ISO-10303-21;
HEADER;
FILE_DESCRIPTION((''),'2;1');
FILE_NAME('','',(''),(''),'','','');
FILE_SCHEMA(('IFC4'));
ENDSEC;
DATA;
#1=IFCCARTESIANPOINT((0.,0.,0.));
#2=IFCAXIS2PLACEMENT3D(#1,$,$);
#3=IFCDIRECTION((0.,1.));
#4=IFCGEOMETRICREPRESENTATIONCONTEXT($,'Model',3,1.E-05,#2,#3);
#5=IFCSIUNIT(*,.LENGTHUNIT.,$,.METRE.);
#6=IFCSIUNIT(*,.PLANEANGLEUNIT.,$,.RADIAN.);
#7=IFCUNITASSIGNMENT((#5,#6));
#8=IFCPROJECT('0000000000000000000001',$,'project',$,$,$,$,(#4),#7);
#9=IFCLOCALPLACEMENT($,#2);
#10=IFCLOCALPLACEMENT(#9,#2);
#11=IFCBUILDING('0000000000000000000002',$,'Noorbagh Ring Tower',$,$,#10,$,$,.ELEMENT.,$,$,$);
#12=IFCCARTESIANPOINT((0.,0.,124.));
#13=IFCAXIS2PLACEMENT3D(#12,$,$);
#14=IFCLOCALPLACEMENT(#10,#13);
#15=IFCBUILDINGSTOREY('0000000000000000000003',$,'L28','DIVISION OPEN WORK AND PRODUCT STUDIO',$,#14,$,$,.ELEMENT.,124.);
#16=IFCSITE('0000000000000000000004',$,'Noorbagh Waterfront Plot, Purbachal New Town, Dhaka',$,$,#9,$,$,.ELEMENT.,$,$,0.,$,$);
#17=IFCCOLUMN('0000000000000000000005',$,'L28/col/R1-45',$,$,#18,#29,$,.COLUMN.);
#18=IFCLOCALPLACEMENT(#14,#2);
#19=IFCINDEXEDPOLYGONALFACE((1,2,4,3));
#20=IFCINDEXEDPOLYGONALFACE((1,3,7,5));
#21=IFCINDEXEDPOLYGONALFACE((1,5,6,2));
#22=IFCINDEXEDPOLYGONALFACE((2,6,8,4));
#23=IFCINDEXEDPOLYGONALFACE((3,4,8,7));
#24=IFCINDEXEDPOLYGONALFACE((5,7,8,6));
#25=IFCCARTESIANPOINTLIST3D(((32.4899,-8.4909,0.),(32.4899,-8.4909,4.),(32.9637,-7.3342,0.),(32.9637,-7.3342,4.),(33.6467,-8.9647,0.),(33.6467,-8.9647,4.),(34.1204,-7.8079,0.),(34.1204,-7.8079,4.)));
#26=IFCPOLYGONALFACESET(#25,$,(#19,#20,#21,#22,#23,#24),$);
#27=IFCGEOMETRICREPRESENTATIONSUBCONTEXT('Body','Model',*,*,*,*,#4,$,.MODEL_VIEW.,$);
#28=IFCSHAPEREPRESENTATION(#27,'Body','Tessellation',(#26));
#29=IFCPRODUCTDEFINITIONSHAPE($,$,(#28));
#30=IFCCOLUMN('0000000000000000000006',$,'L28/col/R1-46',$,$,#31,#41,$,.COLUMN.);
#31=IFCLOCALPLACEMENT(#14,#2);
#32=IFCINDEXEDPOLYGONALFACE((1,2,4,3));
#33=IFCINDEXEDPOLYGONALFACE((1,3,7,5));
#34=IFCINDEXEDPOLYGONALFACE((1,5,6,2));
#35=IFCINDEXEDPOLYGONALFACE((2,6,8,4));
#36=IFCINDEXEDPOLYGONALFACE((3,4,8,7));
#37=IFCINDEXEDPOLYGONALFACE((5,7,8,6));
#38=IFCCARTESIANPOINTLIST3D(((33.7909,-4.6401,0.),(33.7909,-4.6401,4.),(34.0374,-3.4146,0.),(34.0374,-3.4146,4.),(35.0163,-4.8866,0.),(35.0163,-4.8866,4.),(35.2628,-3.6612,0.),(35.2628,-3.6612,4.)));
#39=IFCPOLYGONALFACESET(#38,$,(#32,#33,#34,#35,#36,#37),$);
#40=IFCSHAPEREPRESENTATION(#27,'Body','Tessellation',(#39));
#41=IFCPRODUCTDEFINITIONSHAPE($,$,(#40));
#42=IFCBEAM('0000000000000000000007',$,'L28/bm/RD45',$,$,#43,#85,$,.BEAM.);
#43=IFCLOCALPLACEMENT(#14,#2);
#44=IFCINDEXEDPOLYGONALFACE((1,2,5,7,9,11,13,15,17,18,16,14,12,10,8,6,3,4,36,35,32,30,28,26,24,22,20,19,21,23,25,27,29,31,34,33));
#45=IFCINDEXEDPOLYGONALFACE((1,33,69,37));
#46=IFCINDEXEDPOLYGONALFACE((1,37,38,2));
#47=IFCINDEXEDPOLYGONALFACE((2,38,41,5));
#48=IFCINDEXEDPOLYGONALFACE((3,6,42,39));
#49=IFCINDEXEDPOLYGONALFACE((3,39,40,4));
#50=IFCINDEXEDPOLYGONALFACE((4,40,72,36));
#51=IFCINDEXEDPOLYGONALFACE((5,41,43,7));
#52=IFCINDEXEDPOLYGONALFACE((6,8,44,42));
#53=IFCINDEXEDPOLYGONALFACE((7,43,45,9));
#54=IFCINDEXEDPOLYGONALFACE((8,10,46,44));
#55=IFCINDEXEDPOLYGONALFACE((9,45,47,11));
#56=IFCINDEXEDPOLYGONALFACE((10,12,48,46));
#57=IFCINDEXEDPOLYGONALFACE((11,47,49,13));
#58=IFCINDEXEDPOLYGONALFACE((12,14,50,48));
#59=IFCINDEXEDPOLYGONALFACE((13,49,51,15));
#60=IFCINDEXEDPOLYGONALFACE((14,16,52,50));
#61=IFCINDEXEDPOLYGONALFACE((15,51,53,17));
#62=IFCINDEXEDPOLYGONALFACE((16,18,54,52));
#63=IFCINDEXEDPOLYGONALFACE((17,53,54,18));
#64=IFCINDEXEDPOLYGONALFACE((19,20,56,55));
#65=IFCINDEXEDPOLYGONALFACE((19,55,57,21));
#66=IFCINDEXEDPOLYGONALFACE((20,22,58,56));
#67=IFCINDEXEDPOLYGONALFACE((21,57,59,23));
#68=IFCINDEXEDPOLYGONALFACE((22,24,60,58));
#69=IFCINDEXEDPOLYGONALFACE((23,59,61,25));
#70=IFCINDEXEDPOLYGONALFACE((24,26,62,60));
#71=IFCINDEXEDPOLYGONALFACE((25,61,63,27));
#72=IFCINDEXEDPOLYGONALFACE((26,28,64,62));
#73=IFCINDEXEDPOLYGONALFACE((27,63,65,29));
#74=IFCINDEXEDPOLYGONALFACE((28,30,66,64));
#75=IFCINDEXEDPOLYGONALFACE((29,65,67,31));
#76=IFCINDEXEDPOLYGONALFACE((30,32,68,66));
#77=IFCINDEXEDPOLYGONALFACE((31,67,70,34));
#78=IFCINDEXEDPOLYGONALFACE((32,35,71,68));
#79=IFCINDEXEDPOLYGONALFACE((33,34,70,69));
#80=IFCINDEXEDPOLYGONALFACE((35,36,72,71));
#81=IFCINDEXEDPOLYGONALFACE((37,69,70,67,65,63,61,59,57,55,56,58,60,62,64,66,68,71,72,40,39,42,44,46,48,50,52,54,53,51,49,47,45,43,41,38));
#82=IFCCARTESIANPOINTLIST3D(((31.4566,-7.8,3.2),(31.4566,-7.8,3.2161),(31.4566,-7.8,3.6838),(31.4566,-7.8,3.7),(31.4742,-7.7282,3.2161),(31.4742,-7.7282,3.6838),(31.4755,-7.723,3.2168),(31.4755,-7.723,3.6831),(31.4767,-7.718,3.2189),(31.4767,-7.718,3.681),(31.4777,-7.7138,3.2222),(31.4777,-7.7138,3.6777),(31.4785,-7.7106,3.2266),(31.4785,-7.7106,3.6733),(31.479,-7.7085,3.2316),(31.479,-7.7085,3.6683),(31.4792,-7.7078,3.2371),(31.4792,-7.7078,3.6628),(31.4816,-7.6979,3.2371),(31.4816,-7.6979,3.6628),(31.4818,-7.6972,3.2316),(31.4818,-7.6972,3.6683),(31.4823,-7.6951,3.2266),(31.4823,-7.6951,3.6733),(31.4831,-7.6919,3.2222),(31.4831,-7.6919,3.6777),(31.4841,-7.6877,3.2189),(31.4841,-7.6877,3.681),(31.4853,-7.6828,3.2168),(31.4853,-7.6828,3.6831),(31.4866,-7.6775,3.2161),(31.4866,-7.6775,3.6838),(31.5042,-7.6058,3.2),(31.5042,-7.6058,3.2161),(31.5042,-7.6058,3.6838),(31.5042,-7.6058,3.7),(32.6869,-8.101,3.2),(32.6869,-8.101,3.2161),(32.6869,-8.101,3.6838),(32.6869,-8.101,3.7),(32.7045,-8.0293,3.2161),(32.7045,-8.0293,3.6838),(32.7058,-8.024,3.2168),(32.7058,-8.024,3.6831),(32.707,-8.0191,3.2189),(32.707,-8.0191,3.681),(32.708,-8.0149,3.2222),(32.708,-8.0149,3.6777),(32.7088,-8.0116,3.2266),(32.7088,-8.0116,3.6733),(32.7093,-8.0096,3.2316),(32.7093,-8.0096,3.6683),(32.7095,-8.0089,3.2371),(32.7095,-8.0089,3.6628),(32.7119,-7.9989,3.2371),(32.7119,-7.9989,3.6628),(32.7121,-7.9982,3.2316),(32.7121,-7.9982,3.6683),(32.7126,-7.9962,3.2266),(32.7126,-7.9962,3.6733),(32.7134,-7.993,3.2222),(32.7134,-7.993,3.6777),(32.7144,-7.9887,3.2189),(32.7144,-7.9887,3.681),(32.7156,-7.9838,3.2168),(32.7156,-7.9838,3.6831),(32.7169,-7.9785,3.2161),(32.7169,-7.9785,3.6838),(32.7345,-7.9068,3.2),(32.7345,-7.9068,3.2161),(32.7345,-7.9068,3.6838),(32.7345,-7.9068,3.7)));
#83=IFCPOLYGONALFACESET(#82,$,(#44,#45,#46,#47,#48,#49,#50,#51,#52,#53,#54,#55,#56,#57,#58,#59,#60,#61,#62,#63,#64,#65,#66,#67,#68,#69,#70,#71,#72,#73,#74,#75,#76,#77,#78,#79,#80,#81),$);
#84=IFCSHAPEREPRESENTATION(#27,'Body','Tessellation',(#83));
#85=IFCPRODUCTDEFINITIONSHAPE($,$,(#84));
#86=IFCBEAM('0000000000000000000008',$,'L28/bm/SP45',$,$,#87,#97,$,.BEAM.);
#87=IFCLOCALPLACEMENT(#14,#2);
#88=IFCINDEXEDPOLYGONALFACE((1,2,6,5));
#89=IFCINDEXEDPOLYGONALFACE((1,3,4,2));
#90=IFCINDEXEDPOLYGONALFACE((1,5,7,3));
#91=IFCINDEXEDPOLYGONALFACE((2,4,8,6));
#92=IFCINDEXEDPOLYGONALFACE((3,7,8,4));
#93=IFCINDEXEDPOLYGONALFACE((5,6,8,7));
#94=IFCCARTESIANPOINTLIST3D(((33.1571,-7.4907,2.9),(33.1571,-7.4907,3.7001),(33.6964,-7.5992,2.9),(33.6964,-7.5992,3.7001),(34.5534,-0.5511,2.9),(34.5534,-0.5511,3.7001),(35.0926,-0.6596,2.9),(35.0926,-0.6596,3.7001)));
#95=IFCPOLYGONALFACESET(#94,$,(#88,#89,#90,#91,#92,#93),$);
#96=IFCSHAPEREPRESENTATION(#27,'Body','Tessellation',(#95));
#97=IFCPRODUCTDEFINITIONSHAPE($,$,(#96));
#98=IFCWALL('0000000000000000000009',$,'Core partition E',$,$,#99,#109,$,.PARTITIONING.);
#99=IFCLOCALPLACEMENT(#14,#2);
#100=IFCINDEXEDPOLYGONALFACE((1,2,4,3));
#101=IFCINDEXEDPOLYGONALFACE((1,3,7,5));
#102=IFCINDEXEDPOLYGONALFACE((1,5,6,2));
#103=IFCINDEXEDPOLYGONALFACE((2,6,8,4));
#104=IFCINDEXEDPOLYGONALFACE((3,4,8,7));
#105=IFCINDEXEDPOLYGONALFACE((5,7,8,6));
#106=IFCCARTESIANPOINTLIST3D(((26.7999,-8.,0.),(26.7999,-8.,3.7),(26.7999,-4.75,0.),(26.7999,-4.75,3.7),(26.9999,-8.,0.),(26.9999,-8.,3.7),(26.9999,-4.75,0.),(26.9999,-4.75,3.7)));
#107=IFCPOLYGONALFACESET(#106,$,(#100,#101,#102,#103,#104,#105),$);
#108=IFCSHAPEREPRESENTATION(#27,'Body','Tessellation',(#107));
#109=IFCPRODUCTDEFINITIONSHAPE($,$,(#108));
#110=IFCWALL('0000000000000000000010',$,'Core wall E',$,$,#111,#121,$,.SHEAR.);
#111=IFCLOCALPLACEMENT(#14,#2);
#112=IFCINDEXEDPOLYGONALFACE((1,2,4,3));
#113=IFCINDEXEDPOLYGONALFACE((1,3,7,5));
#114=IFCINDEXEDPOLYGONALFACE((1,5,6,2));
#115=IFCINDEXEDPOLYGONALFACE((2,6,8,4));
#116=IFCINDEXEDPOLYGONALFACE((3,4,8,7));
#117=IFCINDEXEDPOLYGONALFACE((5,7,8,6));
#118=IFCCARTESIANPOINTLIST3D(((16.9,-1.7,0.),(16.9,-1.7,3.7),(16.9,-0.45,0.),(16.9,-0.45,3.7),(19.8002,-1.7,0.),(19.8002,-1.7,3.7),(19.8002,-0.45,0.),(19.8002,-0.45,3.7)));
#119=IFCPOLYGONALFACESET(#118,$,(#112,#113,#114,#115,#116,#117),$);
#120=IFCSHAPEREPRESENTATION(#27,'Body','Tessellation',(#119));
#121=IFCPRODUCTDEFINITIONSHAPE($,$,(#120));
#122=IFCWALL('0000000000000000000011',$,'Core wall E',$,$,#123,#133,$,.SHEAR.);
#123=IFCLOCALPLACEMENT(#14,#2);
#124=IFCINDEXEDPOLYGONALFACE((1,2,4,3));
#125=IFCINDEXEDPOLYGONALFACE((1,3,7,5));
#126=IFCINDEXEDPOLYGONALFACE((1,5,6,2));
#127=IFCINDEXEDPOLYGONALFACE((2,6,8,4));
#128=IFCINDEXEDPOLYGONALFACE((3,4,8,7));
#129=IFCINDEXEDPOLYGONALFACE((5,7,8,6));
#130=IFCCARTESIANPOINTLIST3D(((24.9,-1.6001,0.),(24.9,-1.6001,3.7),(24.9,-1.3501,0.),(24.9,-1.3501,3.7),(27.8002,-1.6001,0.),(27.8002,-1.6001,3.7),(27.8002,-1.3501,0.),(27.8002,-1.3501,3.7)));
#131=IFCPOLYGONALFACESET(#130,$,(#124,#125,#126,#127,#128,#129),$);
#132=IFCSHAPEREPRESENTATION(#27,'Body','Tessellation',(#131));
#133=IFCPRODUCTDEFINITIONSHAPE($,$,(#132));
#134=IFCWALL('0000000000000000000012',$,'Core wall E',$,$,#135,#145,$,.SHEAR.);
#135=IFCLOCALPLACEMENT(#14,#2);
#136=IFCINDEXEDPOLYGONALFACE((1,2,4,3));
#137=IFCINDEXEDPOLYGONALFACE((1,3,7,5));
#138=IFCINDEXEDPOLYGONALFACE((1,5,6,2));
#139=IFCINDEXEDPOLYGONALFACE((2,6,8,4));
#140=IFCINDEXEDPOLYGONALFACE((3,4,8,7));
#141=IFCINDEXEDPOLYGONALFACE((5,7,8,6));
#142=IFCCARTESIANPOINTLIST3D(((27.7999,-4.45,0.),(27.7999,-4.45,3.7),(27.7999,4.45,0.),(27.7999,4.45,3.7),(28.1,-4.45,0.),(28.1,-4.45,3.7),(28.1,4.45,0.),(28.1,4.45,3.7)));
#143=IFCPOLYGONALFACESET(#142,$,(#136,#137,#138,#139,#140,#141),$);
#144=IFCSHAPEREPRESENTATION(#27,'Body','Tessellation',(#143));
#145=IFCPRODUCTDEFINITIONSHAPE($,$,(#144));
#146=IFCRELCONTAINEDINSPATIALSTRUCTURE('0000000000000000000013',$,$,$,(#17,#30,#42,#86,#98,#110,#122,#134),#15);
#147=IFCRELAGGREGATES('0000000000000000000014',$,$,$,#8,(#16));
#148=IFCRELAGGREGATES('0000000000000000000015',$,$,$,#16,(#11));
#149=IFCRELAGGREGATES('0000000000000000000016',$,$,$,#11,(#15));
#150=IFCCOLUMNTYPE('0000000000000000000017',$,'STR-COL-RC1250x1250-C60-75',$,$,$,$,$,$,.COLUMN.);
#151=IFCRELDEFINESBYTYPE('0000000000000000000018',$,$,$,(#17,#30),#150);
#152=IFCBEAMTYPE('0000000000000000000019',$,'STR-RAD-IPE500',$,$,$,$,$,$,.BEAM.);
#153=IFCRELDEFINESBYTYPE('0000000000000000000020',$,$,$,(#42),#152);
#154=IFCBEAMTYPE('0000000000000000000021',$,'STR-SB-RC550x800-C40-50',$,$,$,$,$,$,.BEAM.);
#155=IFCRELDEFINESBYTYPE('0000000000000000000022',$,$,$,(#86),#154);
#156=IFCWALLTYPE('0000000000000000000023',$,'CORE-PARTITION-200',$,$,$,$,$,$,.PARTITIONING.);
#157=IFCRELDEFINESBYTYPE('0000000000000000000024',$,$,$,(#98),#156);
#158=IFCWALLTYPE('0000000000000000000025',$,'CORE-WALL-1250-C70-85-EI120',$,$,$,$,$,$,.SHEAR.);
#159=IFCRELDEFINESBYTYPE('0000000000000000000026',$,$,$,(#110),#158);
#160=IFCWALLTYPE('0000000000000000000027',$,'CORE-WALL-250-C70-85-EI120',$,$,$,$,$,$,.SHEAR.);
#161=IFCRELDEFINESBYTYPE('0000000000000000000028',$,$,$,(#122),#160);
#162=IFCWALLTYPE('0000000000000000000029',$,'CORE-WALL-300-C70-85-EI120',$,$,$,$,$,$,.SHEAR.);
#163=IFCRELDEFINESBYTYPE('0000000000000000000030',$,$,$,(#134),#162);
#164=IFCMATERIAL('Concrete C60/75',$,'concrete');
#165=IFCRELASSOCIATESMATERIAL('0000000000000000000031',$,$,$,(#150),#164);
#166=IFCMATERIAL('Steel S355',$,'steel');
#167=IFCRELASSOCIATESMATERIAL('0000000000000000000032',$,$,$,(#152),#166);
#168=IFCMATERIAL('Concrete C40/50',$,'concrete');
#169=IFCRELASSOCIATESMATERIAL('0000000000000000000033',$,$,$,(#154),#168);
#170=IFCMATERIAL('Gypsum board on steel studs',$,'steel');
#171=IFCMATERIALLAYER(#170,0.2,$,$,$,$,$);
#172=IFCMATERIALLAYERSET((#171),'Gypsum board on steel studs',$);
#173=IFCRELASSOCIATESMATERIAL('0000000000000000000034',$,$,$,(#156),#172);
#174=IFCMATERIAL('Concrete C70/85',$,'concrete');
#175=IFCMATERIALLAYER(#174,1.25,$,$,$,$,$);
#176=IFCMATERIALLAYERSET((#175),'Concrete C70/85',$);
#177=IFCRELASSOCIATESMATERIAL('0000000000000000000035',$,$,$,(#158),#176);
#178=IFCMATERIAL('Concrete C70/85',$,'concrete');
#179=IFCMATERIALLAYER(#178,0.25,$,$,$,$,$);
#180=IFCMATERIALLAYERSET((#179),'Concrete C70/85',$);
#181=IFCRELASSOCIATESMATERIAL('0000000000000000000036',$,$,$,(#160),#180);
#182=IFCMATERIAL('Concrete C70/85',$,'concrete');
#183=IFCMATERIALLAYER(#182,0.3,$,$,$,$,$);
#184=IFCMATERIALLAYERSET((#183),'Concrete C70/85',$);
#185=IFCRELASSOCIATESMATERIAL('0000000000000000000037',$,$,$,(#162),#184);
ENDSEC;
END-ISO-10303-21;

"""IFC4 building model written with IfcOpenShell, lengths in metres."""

from ifc_helpers import new_model, si_unit, direction, frame, frame_2d, origin, origin_2d, place, context, subcontext, project, spatial, rectangle, i_section, extrude, material, layer, layer_set, material_profile, profile_set, type_object, element, save


model = new_model("IFC4")

# Units and contexts
model_context = context("Model", 3, precision=1e-05, world=origin(), true_north=direction((0.0, 1.0)))
body_context = subcontext(model_context, "Body", "Model", "MODEL_VIEW")
ifc_project = project(units=[si_unit("LENGTHUNIT", "METRE"), si_unit("PLANEANGLEUNIT", "RADIAN")], contexts=[model_context])

# Site, building, storey
site_placement = place(None, origin())
site = spatial("IfcSite", under=ifc_project, at=site_placement, Name="Noorbagh Waterfront Plot, Purbachal New Town, Dhaka", CompositionType="ELEMENT", RefElevation=0.0)
building_placement = place(site_placement, origin())
building = spatial("IfcBuilding", under=site, at=building_placement, Name="Noorbagh Ring Tower", CompositionType="ELEMENT")
storey_placement = place(building_placement, frame((0.0, 0.0, 124.0)))
storey = spatial("IfcBuildingStorey", under=building, at=storey_placement, Name="L28", Description="DIVISION OPEN WORK AND PRODUCT STUDIO", CompositionType="ELEMENT", Elevation=124.0)

# Columns
ifc_material_1 = material(Name="Concrete C60/75", Category="concrete")
ifc_material_profile_1 = material_profile(ifc_material_1, rectangle(XDim=1.25, YDim=1.25, at=origin_2d()), Name="RC1250x1250")
ifc_profile_set_1 = profile_set([ifc_material_profile_1], Name="Concrete C60/75")
column_type = type_object("IfcColumnType", Name="STR-COL-RC1250x1250-C60-75", PredefinedType="COLUMN", material=ifc_profile_set_1)
for number, where, z_axis, x_axis, name in (
    (1, (33.3052, -8.1494, 0.0), (0.0, 0.0, 1.0), (0.378989, 0.925401, 0.0), "L28/col/R1-45"),
    (2, (34.5269, -4.1506, 0.0), (0.0, 0.0, 1.0), (0.19723, 0.980357, 0.0), "L28/col/R1-46"),
):
    element("IfcColumn", number, at=place(storey_placement, frame(where, z_axis=z_axis, x_axis=x_axis)), inside=storey, type_object=column_type, Name=name, PredefinedType="COLUMN", context=body_context, shape_type="SweptSolid", body=[
        extrude(rectangle(XDim=1.25, YDim=1.25, at=origin_2d()), origin(), (0.0, 0.0, 1.0), 4.0),
    ])

# Beams
ifc_material_2 = material(Name="Steel S355", Category="steel")
ifc_material_profile_2 = material_profile(ifc_material_2, i_section(OverallWidth=0.2, OverallDepth=0.5, WebThickness=0.0103, FlangeThickness=0.0161, FilletRadius=0.021, at=origin_2d()), Name="IPE500")
ifc_profile_set_2 = profile_set([ifc_material_profile_2], Name="Steel S355")
beam_type_1 = type_object("IfcBeamType", Name="STR-RAD-IPE500", PredefinedType="BEAM", material=ifc_profile_set_2)
beam_1_placement = place(storey_placement, frame((32.7107, -8.0039, 3.45), z_axis=(-0.971344, 0.237679, 0.0), x_axis=(-0.237679, -0.971344, 0.0)))
element("IfcBeam", 3, at=beam_1_placement, inside=storey, type_object=beam_type_1, Name="L28/bm/RD45", PredefinedType="BEAM", context=body_context, shape_type="SweptSolid", body=[
    extrude(i_section(OverallWidth=0.2, OverallDepth=0.5, WebThickness=0.0103, FlangeThickness=0.0161, FilletRadius=0.021, at=origin_2d()), origin(), (0.0, 0.0, 1.0), 1.2666),
])
ifc_material_3 = material(Name="Concrete C40/50", Category="concrete")
ifc_material_profile_3 = material_profile(ifc_material_3, rectangle(XDim=0.55, YDim=0.8, at=origin_2d()), Name="RC550x800")
ifc_profile_set_3 = profile_set([ifc_material_profile_3], Name="Concrete C40/50")
beam_type_2 = type_object("IfcBeamType", Name="STR-SB-RC550x800-C40-50", PredefinedType="BEAM", material=ifc_profile_set_3)
beam_2_placement = place(storey_placement, frame((33.4268, -7.5449, 3.3), z_axis=(0.19725, 0.980353, 0.0), x_axis=(-0.980353, 0.19725, 0.0)))
element("IfcBeam", 4, at=beam_2_placement, inside=storey, type_object=beam_type_2, Name="L28/bm/SP45", PredefinedType="BEAM", context=body_context, shape_type="SweptSolid", body=[
    extrude(rectangle(XDim=0.55, YDim=0.8, at=origin_2d()), origin(), (0.0, 0.0, 1.0), 7.0786),
])

# Walls
ifc_material_4 = material(Name="Gypsum board on steel studs", Category="steel")
ifc_layer_1 = layer(ifc_material_4, 0.2)
ifc_layer_set_1 = layer_set([ifc_layer_1], Name="Gypsum board on steel studs")
wall_type_1 = type_object("IfcWallType", Name="CORE-PARTITION-200", PredefinedType="PARTITIONING", material=ifc_layer_set_1)
wall_1_placement = place(storey_placement, frame((26.8999, -8.0, 0.0), z_axis=(0.0, 0.0, 1.0), x_axis=(0.0, 1.0, 0.0)))
element("IfcWall", 5, at=wall_1_placement, inside=storey, type_object=wall_type_1, Name="Core partition E", PredefinedType="PARTITIONING", context=body_context, shape_type="SweptSolid", body=[
    extrude(rectangle(XDim=3.25, YDim=0.2, at=frame_2d((1.625, 0.0))), origin(), (0.0, 0.0, 1.0), 3.7),
])
ifc_material_5 = material(Name="Concrete C70/85", Category="concrete")
ifc_layer_2 = layer(ifc_material_5, 1.25)
ifc_layer_set_2 = layer_set([ifc_layer_2], Name="Concrete C70/85")
wall_type_2 = type_object("IfcWallType", Name="CORE-WALL-1250-C70-85-EI120", PredefinedType="SHEAR", material=ifc_layer_set_2)
wall_2_placement = place(storey_placement, frame((16.8999, -1.075, 0.0), z_axis=(0.0, 0.0, 1.0), x_axis=(1.0, 0.0, 0.0)))
element("IfcWall", 6, at=wall_2_placement, inside=storey, type_object=wall_type_2, Name="Core wall E", PredefinedType="SHEAR", context=body_context, shape_type="SweptSolid", body=[
    extrude(rectangle(XDim=2.9001, YDim=1.25, at=frame_2d((1.4502, 0.0))), origin(), (0.0, 0.0, 1.0), 3.7),
])
ifc_material_6 = material(Name="Concrete C70/85", Category="concrete")
ifc_layer_3 = layer(ifc_material_6, 0.25)
ifc_layer_set_3 = layer_set([ifc_layer_3], Name="Concrete C70/85")
wall_type_3 = type_object("IfcWallType", Name="CORE-WALL-250-C70-85-EI120", PredefinedType="SHEAR", material=ifc_layer_set_3)
wall_3_placement = place(storey_placement, frame((24.8999, -1.4751, 0.0), z_axis=(0.0, 0.0, 1.0), x_axis=(1.0, 0.0, 0.0)))
element("IfcWall", 7, at=wall_3_placement, inside=storey, type_object=wall_type_3, Name="Core wall E", PredefinedType="SHEAR", context=body_context, shape_type="SweptSolid", body=[
    extrude(rectangle(XDim=2.9001, YDim=0.25, at=frame_2d((1.4502, 0.0))), origin(), (0.0, 0.0, 1.0), 3.7),
])
ifc_material_7 = material(Name="Concrete C70/85", Category="concrete")
ifc_layer_4 = layer(ifc_material_7, 0.3)
ifc_layer_set_4 = layer_set([ifc_layer_4], Name="Concrete C70/85")
wall_type_4 = type_object("IfcWallType", Name="CORE-WALL-300-C70-85-EI120", PredefinedType="SHEAR", material=ifc_layer_set_4)
wall_4_placement = place(storey_placement, frame((27.95, -4.45, 0.0), z_axis=(0.0, 0.0, 1.0), x_axis=(0.0, 1.0, 0.0)))
element("IfcWall", 8, at=wall_4_placement, inside=storey, type_object=wall_type_4, Name="Core wall E", PredefinedType="SHEAR", context=body_context, shape_type="SweptSolid", body=[
    extrude(rectangle(XDim=8.8999, YDim=0.3, at=frame_2d((4.45, 0.0))), origin(), (0.0, 0.0, 1.0), 3.7),
])

save(model, "model.ifc")
